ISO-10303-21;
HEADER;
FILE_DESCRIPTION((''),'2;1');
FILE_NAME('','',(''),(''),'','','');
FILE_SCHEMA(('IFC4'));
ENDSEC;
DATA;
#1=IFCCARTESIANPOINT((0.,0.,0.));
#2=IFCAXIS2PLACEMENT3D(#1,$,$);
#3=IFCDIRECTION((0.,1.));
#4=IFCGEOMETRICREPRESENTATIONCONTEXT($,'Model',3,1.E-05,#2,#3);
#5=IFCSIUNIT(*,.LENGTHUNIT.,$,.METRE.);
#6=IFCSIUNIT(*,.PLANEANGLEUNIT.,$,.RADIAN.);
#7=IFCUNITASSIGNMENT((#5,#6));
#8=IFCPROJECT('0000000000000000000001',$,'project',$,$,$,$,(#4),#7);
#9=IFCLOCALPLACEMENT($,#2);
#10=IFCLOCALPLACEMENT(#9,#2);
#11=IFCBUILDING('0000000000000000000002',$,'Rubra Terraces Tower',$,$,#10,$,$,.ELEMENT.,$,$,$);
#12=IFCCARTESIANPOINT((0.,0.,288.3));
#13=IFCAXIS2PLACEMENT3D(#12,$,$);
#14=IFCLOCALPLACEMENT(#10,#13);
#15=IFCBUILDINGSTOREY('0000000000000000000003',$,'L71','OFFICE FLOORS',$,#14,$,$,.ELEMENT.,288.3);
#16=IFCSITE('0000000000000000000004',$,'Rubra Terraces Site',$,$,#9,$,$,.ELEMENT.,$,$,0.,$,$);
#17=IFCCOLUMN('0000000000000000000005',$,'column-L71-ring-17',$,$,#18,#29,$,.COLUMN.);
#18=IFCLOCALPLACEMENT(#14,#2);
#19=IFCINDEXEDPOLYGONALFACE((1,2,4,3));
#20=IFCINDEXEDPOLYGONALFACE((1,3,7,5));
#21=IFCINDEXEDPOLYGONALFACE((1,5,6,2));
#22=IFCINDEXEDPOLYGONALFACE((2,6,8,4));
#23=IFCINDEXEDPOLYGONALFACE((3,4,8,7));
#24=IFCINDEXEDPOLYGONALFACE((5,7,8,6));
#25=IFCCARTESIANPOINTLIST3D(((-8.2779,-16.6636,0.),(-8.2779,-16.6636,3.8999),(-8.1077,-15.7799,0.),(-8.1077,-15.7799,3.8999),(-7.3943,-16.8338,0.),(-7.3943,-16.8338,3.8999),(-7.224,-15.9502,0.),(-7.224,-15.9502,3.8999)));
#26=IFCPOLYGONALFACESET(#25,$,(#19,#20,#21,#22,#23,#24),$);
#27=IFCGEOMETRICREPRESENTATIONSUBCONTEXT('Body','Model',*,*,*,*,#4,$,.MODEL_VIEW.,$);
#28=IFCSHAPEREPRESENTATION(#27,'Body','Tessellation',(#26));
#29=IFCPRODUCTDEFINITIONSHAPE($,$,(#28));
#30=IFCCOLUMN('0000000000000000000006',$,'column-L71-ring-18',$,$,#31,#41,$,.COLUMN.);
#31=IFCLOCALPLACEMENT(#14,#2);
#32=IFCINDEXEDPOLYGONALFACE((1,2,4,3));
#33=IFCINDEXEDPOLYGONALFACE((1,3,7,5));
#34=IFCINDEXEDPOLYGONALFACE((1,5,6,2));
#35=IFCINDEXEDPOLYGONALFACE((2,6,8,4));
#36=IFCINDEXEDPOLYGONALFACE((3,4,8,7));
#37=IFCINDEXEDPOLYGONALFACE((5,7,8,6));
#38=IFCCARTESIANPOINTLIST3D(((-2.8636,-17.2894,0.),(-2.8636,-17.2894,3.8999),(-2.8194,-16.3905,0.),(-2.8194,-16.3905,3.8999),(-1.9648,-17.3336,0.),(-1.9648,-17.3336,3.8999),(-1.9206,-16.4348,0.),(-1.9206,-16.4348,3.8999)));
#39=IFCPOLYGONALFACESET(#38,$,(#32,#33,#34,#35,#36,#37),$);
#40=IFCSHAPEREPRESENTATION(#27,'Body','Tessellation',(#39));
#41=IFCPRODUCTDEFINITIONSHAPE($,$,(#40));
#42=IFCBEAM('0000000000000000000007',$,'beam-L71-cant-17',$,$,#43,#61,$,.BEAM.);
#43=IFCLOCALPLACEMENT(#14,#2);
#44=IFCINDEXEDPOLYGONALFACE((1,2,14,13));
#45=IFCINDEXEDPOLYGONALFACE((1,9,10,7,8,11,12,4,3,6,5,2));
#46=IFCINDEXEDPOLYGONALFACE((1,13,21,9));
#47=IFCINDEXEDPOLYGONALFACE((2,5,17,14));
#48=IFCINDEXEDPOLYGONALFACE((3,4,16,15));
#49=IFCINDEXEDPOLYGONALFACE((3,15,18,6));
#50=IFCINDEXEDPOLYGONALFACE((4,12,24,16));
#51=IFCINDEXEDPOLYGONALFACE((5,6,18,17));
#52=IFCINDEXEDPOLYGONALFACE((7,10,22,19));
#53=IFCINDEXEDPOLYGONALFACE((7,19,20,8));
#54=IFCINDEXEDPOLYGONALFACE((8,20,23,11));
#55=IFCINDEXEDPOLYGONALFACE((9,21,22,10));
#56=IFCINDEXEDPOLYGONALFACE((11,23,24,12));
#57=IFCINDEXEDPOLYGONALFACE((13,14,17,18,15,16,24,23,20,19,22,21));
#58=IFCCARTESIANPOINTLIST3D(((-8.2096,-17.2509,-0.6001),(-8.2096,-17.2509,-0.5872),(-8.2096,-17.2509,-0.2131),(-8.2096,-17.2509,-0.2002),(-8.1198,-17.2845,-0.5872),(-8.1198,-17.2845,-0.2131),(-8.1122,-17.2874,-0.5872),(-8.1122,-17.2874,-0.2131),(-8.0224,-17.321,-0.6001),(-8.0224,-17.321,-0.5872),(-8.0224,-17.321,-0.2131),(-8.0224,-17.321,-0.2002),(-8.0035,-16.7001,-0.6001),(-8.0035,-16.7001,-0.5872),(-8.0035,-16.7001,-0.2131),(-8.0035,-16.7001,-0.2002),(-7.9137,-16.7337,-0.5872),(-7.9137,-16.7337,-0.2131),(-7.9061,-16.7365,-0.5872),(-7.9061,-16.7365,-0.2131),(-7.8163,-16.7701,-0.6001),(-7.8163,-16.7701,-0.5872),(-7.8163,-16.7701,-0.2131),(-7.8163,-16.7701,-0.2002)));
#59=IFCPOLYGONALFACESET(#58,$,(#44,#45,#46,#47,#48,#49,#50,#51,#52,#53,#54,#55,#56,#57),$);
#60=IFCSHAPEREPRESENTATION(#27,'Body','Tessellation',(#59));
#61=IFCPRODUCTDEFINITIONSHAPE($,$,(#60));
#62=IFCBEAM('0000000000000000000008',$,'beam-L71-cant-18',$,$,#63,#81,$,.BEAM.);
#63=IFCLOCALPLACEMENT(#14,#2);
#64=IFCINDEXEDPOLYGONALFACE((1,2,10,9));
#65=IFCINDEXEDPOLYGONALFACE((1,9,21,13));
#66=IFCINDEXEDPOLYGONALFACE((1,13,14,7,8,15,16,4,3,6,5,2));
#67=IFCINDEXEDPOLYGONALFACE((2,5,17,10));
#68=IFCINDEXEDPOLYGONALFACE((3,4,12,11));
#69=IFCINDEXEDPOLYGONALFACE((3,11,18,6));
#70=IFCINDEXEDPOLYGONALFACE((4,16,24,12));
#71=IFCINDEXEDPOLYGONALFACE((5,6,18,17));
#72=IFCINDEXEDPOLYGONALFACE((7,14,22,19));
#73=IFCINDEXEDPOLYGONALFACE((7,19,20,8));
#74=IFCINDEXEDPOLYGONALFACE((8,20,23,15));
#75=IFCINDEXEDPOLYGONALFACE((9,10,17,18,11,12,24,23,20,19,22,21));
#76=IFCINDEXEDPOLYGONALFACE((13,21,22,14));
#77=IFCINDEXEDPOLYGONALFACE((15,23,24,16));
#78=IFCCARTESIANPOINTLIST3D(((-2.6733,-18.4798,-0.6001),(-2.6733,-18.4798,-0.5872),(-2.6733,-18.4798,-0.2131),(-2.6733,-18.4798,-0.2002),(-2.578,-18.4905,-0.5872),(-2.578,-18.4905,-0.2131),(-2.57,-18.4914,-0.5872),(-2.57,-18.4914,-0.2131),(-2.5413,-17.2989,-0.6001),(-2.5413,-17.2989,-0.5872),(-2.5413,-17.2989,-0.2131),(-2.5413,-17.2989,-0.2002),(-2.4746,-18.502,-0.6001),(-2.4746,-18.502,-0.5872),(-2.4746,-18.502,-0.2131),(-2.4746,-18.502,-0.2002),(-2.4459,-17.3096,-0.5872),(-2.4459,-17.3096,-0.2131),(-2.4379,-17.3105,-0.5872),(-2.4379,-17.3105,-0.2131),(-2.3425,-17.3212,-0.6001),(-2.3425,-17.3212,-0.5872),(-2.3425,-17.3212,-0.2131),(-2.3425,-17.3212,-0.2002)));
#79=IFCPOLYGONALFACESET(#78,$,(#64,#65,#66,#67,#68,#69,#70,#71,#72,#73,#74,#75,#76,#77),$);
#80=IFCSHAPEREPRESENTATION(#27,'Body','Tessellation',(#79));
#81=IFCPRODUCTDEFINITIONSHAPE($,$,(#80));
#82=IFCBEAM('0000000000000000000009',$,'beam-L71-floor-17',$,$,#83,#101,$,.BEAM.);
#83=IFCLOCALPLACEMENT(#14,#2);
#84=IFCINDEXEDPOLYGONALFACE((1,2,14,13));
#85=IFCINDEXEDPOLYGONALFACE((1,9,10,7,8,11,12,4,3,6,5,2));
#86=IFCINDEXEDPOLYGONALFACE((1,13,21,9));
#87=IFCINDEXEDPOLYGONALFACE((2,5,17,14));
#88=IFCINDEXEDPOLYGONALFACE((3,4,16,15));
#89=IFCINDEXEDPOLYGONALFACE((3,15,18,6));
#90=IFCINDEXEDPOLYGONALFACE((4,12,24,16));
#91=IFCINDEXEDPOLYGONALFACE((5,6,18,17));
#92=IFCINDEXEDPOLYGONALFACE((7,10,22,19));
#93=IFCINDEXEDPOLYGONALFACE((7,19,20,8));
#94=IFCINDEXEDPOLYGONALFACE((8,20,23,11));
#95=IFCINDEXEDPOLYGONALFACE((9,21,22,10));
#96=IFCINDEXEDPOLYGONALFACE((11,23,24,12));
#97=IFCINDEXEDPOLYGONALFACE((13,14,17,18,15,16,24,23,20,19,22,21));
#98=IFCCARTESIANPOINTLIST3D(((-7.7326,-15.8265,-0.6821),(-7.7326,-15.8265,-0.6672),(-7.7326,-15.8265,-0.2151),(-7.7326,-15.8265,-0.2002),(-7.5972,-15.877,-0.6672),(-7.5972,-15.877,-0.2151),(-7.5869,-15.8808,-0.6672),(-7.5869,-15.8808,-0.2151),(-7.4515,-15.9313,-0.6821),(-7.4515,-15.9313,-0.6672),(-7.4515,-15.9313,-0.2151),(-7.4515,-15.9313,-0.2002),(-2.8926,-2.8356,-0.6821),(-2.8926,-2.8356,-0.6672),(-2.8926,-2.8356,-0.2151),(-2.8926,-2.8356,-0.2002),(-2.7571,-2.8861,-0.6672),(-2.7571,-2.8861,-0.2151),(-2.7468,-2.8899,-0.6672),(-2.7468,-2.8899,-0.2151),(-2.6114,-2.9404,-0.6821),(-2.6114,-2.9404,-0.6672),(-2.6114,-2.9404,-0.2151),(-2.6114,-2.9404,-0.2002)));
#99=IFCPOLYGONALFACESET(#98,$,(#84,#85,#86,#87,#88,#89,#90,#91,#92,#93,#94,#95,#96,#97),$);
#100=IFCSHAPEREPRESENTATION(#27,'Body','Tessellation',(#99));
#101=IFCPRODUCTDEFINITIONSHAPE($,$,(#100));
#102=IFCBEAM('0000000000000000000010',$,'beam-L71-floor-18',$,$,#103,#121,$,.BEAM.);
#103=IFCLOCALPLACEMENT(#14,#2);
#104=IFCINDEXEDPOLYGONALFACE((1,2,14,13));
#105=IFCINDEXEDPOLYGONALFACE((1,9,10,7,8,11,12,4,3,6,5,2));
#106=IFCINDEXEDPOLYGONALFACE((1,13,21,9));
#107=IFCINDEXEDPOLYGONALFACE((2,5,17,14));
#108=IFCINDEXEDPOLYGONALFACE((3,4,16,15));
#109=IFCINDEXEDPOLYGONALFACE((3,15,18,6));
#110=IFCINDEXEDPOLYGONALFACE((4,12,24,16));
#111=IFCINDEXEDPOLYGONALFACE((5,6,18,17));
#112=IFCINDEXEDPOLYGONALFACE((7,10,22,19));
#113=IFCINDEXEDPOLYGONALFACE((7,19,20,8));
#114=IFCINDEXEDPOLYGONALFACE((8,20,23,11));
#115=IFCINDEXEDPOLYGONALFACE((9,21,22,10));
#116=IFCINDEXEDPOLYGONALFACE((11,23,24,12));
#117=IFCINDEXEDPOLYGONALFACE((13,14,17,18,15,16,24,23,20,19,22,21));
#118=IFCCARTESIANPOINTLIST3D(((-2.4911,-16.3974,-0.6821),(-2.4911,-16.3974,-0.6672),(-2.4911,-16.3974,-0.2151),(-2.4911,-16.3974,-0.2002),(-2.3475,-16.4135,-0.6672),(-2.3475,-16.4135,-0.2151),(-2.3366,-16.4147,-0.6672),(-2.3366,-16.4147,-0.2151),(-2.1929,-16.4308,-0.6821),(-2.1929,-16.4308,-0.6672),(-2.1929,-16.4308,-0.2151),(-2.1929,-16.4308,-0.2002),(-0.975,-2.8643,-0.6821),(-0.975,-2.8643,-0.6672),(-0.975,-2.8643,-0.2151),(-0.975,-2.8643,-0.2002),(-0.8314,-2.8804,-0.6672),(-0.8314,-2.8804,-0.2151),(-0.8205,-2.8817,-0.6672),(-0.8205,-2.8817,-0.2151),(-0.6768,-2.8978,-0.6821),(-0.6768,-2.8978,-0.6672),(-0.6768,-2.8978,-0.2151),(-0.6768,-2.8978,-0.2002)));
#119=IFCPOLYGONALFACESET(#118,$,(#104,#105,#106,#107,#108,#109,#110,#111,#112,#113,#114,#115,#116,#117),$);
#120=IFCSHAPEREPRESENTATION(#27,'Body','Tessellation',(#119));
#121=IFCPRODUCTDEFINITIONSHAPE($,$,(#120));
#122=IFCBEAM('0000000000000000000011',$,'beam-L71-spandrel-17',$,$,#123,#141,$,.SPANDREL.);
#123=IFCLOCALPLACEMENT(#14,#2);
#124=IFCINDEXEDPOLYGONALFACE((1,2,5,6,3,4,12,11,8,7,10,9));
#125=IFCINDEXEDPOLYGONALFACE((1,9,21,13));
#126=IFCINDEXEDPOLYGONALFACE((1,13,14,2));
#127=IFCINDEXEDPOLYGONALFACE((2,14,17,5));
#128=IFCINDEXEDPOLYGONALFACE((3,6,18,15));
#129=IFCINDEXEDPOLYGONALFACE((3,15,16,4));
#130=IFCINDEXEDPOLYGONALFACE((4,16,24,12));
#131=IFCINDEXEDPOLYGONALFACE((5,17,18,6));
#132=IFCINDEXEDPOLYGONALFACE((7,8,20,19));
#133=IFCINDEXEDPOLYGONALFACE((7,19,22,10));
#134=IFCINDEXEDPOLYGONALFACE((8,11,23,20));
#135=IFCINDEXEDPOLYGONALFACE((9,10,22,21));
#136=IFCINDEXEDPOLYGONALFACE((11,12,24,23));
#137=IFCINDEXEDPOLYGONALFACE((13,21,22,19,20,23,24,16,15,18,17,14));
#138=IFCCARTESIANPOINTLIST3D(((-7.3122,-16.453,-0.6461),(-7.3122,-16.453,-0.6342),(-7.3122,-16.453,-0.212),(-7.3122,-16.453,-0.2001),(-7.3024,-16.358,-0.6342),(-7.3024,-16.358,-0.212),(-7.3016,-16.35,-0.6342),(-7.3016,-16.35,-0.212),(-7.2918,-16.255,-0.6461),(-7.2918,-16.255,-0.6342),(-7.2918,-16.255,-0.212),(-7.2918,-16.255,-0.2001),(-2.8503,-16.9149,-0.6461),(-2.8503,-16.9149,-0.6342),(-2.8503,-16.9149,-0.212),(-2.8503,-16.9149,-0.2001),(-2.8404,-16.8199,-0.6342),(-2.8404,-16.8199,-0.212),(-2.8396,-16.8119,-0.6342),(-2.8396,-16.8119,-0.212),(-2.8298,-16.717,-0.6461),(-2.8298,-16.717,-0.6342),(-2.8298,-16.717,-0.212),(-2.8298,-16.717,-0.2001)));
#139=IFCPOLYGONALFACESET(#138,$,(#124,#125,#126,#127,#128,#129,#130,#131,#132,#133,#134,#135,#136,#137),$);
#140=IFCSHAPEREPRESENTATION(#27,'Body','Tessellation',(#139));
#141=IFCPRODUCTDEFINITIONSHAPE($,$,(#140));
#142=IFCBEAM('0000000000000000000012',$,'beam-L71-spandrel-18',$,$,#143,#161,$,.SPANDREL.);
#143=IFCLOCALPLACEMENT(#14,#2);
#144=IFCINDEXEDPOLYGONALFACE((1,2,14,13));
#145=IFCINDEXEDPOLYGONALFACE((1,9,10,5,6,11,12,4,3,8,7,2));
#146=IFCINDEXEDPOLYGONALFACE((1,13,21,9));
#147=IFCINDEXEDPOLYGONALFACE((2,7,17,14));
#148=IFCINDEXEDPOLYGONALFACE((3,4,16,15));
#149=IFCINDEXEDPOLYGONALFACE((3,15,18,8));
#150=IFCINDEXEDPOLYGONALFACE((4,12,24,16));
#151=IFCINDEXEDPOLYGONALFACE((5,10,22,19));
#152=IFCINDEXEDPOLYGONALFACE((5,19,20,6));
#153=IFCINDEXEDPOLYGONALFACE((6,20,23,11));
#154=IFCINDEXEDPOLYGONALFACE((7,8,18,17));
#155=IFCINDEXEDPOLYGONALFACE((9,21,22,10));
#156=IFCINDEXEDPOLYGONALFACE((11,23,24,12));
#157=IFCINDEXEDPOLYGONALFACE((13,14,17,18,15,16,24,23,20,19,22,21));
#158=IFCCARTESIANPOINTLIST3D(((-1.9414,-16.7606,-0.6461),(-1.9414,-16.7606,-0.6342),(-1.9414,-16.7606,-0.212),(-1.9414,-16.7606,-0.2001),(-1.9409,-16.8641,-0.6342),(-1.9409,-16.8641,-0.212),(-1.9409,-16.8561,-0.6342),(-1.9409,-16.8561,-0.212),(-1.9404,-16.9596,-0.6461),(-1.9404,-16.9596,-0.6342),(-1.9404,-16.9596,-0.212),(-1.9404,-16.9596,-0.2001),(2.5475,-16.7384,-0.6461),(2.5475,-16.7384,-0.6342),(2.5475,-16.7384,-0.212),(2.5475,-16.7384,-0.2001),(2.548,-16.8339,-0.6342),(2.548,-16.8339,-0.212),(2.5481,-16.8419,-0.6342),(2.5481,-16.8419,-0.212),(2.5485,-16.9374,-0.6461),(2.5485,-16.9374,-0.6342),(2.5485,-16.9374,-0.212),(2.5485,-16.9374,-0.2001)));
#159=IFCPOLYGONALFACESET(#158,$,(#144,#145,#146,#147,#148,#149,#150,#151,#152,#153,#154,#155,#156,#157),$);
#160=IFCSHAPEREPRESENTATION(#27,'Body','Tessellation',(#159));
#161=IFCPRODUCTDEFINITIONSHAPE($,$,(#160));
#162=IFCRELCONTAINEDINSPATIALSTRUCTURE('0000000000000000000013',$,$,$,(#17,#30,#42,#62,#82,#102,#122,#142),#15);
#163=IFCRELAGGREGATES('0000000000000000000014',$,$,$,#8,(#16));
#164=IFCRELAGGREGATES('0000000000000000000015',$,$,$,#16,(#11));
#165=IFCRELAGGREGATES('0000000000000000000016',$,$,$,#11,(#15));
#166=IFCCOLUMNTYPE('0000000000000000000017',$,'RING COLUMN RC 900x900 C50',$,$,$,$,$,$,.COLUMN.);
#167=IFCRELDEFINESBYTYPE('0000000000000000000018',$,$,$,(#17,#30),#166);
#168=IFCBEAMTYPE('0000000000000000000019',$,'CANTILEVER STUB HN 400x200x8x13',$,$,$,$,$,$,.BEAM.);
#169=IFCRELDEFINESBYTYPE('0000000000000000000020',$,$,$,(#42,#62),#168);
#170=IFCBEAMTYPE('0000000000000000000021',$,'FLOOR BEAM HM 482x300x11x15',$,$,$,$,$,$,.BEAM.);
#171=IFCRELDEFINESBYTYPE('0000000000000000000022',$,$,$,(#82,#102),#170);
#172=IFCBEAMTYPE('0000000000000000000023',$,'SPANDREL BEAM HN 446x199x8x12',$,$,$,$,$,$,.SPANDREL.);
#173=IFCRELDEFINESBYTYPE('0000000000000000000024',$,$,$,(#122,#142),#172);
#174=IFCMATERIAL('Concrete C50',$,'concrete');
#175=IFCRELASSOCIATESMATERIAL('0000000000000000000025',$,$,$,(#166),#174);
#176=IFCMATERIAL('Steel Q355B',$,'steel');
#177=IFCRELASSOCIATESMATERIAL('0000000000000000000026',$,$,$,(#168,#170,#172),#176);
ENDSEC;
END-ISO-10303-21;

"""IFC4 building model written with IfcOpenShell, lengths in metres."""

from ifc_helpers import new_model, si_unit, direction, frame, origin, origin_2d, place, context, subcontext, project, spatial, rectangle, i_section, extrude, material, material_profile, profile_set, type_object, element, save


model = new_model("IFC4")

# Units and contexts
model_context = context("Model", 3, precision=1e-05, world=origin(), true_north=direction((0.0, 1.0)))
body_context = subcontext(model_context, "Body", "Model", "MODEL_VIEW")
ifc_project = project(units=[si_unit("LENGTHUNIT", "METRE"), si_unit("PLANEANGLEUNIT", "RADIAN")], contexts=[model_context])

# Site, building, storey
site_placement = place(None, origin())
site = spatial("IfcSite", under=ifc_project, at=site_placement, Name="Rubra Terraces Site", CompositionType="ELEMENT", RefElevation=0.0)
building_placement = place(site_placement, origin())
building = spatial("IfcBuilding", under=site, at=building_placement, Name="Rubra Terraces Tower", CompositionType="ELEMENT")
storey_placement = place(building_placement, frame((0.0, 0.0, 288.3)))
storey = spatial("IfcBuildingStorey", under=building, at=storey_placement, Name="L71", Description="OFFICE FLOORS", CompositionType="ELEMENT", Elevation=288.3)

# Columns
ifc_material_1 = material(Name="Concrete C50", Category="concrete")
ifc_material_profile_1 = material_profile(ifc_material_1, rectangle(XDim=0.8999, YDim=0.8999, at=origin_2d()), Name="RC 900x900")
ifc_profile_set_1 = profile_set([ifc_material_profile_1], Name="Concrete C50")
column_type = type_object("IfcColumnType", Name="RING COLUMN RC 900x900 C50", PredefinedType="COLUMN", material=ifc_profile_set_1)
for number, where, z_axis, x_axis, name in (
    (1, (-7.751, -16.3069, 0.0), (0.0, 0.0, 1.0), (0.981937, -0.18921, 0.0), "column-L71-ring-17"),
    (2, (-2.3921, -16.8621, 0.0), (0.0, 0.0, 1.0), (0.998791, -0.04915, 0.0), "column-L71-ring-18"),
):
    element("IfcColumn", number, at=place(storey_placement, frame(where, z_axis=z_axis, x_axis=x_axis)), inside=storey, type_object=column_type, Name=name, PredefinedType="COLUMN", context=body_context, shape_type="SweptSolid", body=[
        extrude(rectangle(XDim=0.8999, YDim=0.8999, at=origin_2d()), origin(), (0.0, 0.0, 1.0), 3.8999),
    ])

# Beams
ifc_material_2 = material(Name="Steel Q355B", Category="steel")
ifc_material_profile_2 = material_profile(ifc_material_2, i_section(OverallWidth=0.2, OverallDepth=0.3999, WebThickness=0.0081, FlangeThickness=0.0129, at=origin_2d()), Name="HN 400x200x8x13")
ifc_profile_set_2 = profile_set([ifc_material_profile_2], Name="Steel Q355B")
beam_type_1 = type_object("IfcBeamType", Name="CANTILEVER STUB HN 400x200x8x13", PredefinedType="BEAM", material=ifc_profile_set_2)
beam_1_placement = place(storey_placement, frame((-7.9099, -16.7351, -0.4001), z_axis=(-0.350395, -0.936602, 0.0), x_axis=(0.936602, -0.350395, 0.0)))
element("IfcBeam", 3, at=beam_1_placement, inside=storey, type_object=beam_type_1, Name="beam-L71-cant-17", PredefinedType="BEAM", context=body_context, shape_type="SweptSolid", body=[
    extrude(i_section(OverallWidth=0.2, OverallDepth=0.3999, WebThickness=0.0081, FlangeThickness=0.0129, at=origin_2d()), origin(), (0.0, 0.0, 1.0), 0.5881),
])
beam_2_placement = place(storey_placement, frame((-2.4419, -17.3101, -0.4001), z_axis=(-0.111153, -0.993803, 0.0), x_axis=(0.993803, -0.111153, 0.0)))
element("IfcBeam", 4, at=beam_2_placement, inside=storey, type_object=beam_type_1, Name="beam-L71-cant-18", PredefinedType="BEAM", context=body_context, shape_type="SweptSolid", body=[
    extrude(i_section(OverallWidth=0.2, OverallDepth=0.3999, WebThickness=0.0081, FlangeThickness=0.0129, at=origin_2d()), origin(), (0.0, 0.0, 1.0), 1.1882),
])
ifc_material_profile_3 = material_profile(ifc_material_2, i_section(OverallWidth=0.3, OverallDepth=0.4819, WebThickness=0.011, FlangeThickness=0.0149, at=origin_2d()), Name="HM 482x300x11x15")
ifc_profile_set_3 = profile_set([ifc_material_profile_3], Name="Steel Q355B")
beam_type_2 = type_object("IfcBeamType", Name="FLOOR BEAM HM 482x300x11x15", PredefinedType="BEAM", material=ifc_profile_set_3)
beam_3_placement = place(storey_placement, frame((-7.592, -15.8789, -0.4412), z_axis=(0.349129, 0.937075, 0.0), x_axis=(-0.937075, 0.349129, 0.0)))
element("IfcBeam", 5, at=beam_3_placement, inside=storey, type_object=beam_type_2, Name="beam-L71-floor-17", PredefinedType="BEAM", context=body_context, shape_type="SweptSolid", body=[
    extrude(i_section(OverallWidth=0.3, OverallDepth=0.4819, WebThickness=0.011, FlangeThickness=0.0149, at=origin_2d()), origin(), (0.0, 0.0, 1.0), 13.8633),
])
beam_4_placement = place(storey_placement, frame((-2.342, -16.4141, -0.4412), z_axis=(0.111335, 0.993783, 0.0), x_axis=(-0.993783, 0.111335, 0.0)))
element("IfcBeam", 6, at=beam_4_placement, inside=storey, type_object=beam_type_2, Name="beam-L71-floor-18", PredefinedType="BEAM", context=body_context, shape_type="SweptSolid", body=[
    extrude(i_section(OverallWidth=0.3, OverallDepth=0.4819, WebThickness=0.011, FlangeThickness=0.0149, at=origin_2d()), origin(), (0.0, 0.0, 1.0), 13.6177),
])
ifc_material_profile_4 = material_profile(ifc_material_2, i_section(OverallWidth=0.199, OverallDepth=0.446, WebThickness=0.0081, FlangeThickness=0.012, at=origin_2d()), Name="HN 446x199x8x12")
ifc_profile_set_4 = profile_set([ifc_material_profile_4], Name="Steel Q355B")
beam_type_3 = type_object("IfcBeamType", Name="SPANDREL BEAM HN 446x199x8x12", PredefinedType="SPANDREL", material=ifc_profile_set_4)
beam_5_placement = place(storey_placement, frame((-7.302, -16.354, -0.4231), z_axis=(0.994684, -0.102973, 0.0), x_axis=(0.102973, 0.994684, 0.0)))
element("IfcBeam", 7, at=beam_5_placement, inside=storey, type_object=beam_type_3, Name="beam-L71-spandrel-17", PredefinedType="SPANDREL", context=body_context, shape_type="SweptSolid", body=[
    extrude(i_section(OverallWidth=0.199, OverallDepth=0.446, WebThickness=0.0081, FlangeThickness=0.012, at=origin_2d()), origin(), (0.0, 0.0, 1.0), 4.4858),
])
beam_6_placement = place(storey_placement, frame((-1.9409, -16.8601, -0.4231), z_axis=(0.999988, 0.004949, 0.0), x_axis=(-0.004949, 0.999988, 0.0)))
element("IfcBeam", 8, at=beam_6_placement, inside=storey, type_object=beam_type_3, Name="beam-L71-spandrel-18", PredefinedType="SPANDREL", context=body_context, shape_type="SweptSolid", body=[
    extrude(i_section(OverallWidth=0.199, OverallDepth=0.446, WebThickness=0.0081, FlangeThickness=0.012, at=origin_2d()), origin(), (0.0, 0.0, 1.0), 4.489),
])

save(model, "model.ifc")
